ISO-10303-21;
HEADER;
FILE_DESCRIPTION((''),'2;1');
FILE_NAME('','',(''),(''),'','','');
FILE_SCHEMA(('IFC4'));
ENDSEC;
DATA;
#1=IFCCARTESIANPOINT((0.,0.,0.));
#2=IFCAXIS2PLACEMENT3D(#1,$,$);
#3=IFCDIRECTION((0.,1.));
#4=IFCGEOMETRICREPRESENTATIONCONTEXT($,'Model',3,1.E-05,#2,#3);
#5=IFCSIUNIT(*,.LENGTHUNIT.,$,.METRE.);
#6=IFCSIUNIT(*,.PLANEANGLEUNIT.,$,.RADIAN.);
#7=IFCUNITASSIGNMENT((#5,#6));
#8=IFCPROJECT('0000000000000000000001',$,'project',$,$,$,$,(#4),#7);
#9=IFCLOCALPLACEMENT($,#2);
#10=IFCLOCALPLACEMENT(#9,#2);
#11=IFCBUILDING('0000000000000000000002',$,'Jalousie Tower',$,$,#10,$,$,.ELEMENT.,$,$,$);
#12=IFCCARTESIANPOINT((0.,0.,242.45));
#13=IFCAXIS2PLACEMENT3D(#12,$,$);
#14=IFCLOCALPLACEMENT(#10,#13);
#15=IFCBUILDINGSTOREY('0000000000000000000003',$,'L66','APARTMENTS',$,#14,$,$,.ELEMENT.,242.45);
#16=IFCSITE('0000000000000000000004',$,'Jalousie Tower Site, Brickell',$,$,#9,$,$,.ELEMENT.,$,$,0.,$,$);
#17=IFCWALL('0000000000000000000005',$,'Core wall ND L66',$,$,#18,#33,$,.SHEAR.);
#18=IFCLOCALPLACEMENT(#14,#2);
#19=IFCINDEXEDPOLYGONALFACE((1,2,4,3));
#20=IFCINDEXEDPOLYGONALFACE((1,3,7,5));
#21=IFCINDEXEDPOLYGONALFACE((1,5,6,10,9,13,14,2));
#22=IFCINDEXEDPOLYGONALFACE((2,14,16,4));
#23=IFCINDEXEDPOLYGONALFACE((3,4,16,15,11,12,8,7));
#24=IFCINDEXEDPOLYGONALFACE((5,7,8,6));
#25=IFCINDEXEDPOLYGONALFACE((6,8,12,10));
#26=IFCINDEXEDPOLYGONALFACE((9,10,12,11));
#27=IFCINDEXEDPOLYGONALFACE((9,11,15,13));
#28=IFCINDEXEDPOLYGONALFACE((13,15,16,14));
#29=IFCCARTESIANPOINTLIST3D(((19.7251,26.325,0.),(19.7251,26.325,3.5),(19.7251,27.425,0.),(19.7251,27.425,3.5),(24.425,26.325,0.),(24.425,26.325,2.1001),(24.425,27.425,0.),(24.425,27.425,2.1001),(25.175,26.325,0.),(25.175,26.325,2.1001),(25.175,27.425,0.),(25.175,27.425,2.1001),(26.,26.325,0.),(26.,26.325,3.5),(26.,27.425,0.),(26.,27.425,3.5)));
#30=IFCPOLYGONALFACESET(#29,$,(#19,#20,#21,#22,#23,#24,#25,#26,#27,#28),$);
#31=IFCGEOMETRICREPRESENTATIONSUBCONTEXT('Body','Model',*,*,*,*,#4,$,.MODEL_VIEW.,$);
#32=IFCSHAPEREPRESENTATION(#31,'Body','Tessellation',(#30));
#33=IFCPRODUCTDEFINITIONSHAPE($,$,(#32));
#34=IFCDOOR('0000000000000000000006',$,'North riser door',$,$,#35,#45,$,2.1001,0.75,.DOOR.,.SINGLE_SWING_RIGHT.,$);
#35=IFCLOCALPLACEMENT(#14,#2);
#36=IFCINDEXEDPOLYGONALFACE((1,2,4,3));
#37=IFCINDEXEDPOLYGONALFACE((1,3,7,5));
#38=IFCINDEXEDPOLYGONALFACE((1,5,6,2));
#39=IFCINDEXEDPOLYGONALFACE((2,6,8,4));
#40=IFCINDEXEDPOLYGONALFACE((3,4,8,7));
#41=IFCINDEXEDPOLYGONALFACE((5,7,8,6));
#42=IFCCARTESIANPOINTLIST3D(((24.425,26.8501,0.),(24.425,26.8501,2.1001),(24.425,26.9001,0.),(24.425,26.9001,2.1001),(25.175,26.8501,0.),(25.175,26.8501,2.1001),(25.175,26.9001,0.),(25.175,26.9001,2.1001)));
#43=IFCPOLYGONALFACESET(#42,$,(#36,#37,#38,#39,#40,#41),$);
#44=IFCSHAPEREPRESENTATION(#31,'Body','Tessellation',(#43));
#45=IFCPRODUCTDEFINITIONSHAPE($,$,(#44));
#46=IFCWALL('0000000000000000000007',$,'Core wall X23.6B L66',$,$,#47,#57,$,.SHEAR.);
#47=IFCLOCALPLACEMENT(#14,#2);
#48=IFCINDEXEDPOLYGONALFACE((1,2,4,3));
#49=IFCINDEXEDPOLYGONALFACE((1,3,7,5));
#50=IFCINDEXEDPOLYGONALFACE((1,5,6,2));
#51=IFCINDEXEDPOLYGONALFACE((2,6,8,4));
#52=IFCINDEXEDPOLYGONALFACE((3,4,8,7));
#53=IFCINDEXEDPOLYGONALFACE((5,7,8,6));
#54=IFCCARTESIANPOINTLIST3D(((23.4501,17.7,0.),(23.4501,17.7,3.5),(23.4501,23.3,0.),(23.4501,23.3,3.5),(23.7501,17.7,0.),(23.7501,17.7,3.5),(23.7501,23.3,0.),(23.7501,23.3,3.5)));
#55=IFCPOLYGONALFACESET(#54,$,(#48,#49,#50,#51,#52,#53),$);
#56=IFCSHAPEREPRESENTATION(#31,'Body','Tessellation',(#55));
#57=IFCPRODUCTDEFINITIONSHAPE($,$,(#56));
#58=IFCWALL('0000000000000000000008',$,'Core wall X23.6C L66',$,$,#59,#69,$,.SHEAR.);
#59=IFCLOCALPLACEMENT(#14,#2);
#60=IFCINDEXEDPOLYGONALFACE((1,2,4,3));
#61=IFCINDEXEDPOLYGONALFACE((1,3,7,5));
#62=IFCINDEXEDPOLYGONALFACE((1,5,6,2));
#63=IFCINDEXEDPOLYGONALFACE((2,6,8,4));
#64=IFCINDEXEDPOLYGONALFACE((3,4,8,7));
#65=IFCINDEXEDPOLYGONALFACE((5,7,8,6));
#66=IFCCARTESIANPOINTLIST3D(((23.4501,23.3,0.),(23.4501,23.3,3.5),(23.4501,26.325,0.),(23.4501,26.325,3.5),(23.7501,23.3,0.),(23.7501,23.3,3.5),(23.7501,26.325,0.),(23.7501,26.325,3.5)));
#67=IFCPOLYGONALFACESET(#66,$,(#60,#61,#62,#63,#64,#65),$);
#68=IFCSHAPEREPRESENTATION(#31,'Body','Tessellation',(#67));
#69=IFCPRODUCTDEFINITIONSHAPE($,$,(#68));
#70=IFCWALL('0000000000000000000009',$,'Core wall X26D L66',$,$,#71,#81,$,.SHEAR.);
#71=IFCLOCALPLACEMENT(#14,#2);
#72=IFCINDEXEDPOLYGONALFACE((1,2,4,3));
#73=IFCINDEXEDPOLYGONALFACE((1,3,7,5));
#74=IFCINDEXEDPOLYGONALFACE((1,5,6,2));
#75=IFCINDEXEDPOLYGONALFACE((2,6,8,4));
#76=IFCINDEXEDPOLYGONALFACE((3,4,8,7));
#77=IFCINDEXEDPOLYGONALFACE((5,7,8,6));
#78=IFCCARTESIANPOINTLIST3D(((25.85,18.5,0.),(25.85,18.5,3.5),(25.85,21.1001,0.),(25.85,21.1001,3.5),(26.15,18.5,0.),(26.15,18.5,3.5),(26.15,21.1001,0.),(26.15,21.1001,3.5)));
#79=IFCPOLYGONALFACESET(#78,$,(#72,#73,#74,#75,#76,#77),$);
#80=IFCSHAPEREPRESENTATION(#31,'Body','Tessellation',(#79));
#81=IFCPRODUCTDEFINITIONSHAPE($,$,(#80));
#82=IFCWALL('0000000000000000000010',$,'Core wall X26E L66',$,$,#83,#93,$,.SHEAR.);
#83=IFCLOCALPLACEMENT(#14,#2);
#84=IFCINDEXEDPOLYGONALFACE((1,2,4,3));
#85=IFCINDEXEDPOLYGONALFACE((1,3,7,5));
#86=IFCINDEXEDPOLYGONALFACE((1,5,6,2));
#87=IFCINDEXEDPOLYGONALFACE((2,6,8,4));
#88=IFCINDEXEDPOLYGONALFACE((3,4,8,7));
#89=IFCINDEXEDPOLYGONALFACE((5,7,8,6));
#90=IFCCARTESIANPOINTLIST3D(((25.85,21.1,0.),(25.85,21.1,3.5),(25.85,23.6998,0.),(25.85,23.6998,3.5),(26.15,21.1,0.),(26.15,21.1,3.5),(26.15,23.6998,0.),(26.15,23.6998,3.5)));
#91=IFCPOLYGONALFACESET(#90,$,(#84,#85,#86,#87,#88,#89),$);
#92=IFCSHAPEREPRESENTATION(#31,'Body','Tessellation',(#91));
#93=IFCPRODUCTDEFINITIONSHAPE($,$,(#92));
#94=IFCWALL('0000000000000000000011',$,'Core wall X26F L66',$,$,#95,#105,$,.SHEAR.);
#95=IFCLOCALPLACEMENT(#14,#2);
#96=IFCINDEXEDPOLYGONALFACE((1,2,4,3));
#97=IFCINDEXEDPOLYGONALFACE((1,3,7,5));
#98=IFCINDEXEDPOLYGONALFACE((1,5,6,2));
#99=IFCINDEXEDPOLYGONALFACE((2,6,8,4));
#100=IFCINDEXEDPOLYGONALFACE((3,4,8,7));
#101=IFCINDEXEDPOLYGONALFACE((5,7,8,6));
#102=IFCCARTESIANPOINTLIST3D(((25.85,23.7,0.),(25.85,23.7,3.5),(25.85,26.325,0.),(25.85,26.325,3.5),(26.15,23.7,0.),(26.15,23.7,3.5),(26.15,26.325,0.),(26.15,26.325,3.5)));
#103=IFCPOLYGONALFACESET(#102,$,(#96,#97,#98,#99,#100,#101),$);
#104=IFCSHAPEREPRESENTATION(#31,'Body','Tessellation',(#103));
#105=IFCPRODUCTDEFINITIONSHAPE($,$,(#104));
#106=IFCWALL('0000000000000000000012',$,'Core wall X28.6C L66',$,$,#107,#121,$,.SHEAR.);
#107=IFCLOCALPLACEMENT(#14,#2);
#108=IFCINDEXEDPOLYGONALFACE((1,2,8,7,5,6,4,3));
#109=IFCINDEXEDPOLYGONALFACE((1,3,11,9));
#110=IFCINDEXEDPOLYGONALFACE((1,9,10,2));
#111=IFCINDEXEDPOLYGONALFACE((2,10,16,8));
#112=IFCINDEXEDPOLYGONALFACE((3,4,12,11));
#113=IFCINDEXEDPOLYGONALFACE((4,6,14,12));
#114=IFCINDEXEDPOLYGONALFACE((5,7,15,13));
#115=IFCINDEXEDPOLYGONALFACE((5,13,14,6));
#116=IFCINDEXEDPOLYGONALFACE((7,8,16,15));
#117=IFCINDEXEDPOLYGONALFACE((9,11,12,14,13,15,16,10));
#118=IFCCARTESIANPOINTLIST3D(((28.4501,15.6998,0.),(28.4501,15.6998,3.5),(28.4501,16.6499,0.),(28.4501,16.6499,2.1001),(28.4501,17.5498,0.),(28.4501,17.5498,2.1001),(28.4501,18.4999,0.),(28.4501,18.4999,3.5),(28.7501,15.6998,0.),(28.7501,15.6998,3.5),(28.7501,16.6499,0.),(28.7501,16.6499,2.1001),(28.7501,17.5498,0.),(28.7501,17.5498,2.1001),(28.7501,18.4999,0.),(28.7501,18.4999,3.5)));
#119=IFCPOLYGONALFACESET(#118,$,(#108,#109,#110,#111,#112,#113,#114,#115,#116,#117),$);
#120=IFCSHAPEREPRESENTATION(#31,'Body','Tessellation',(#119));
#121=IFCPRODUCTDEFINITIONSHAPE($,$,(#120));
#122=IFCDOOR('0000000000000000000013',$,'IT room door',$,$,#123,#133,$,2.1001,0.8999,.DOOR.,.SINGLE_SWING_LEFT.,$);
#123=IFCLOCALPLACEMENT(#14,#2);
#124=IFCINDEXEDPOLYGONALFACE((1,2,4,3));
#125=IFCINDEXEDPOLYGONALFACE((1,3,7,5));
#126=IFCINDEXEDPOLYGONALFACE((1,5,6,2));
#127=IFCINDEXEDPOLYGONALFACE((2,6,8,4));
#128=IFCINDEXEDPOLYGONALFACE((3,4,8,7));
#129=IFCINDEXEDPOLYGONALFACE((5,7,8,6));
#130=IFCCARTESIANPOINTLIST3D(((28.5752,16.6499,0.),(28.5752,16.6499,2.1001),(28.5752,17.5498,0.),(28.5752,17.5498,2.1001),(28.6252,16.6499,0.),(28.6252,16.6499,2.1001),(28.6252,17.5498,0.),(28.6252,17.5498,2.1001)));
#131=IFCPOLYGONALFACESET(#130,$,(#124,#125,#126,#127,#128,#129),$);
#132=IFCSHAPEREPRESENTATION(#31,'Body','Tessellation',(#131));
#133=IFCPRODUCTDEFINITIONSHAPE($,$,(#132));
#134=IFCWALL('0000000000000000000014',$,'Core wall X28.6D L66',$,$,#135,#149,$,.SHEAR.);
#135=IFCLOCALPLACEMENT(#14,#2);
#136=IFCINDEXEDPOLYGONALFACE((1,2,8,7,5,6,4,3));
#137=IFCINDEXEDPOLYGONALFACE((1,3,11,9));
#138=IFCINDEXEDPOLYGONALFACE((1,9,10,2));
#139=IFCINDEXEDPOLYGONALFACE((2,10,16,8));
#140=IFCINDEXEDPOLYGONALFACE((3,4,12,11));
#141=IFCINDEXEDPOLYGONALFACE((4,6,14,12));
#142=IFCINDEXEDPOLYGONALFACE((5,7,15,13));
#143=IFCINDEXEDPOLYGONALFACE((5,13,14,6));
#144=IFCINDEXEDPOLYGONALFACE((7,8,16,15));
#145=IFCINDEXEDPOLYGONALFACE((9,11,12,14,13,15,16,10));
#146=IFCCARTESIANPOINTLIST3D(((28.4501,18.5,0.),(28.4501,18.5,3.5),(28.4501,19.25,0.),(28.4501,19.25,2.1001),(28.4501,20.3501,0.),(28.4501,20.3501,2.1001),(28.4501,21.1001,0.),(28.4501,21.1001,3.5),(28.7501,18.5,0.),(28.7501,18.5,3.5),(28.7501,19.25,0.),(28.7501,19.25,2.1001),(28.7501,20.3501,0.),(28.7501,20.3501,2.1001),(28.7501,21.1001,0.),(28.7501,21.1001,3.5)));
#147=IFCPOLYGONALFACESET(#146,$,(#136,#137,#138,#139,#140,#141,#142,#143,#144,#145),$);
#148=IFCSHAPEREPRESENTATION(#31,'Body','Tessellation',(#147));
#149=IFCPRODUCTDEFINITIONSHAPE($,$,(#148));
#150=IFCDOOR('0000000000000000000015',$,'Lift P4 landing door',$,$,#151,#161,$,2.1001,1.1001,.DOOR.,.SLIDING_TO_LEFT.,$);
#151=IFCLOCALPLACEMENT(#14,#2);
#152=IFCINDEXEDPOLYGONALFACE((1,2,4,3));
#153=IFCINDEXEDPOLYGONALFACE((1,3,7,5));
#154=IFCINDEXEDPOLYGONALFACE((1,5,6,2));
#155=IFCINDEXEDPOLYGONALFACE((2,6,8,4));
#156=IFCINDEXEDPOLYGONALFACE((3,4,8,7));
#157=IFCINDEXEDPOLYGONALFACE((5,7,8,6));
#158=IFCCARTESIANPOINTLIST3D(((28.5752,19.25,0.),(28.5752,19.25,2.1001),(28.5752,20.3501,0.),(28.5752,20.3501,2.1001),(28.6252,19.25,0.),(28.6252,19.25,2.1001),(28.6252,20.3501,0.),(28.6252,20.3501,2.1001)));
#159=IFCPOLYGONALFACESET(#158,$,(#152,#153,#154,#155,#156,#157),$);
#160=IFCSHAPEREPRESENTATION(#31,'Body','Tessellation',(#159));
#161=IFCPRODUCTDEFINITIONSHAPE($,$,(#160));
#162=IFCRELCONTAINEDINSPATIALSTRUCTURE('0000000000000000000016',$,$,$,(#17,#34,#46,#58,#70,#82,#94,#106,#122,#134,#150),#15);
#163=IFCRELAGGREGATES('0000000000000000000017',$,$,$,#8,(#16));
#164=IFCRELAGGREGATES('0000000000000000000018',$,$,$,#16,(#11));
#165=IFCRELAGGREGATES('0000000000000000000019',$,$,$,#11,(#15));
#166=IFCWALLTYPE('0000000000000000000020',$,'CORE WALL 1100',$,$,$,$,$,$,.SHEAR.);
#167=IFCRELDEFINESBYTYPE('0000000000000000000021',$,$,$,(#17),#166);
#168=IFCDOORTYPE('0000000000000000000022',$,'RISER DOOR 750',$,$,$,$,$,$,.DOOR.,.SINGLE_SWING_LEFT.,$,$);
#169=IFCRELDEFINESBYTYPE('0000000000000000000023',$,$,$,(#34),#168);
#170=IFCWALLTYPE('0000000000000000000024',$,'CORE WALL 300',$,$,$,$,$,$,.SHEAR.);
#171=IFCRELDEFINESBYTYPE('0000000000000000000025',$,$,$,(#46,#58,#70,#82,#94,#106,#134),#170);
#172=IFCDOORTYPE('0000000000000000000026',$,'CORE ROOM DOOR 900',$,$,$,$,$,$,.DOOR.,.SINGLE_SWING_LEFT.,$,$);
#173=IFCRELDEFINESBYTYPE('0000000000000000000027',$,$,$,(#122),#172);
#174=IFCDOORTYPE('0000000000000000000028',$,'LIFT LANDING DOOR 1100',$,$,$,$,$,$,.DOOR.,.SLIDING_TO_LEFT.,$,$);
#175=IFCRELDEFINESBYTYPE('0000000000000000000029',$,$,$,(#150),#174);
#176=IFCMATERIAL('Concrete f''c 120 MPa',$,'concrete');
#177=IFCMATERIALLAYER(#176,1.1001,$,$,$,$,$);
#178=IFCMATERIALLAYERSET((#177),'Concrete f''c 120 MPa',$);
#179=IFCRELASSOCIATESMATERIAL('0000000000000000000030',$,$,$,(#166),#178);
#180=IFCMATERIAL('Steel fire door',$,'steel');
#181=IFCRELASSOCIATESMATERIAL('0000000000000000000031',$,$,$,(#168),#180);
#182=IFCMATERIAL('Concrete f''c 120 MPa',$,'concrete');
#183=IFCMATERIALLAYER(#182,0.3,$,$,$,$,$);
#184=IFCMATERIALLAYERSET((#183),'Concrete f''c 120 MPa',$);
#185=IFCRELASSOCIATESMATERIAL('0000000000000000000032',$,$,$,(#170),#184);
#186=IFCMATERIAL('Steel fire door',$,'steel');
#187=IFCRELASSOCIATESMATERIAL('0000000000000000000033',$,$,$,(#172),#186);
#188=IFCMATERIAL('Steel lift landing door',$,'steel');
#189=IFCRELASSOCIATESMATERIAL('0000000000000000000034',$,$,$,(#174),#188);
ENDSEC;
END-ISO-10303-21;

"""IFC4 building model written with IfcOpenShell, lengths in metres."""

from ifc_helpers import new_model, si_unit, direction, frame, frame_2d, origin, place, context, subcontext, project, spatial, rectangle, extrude, material, layer, layer_set, type_object, element, fill, save


model = new_model("IFC4")

# Units and contexts
model_context = context("Model", 3, precision=1e-05, world=origin(), true_north=direction((0.0, 1.0)))
body_context = subcontext(model_context, "Body", "Model", "MODEL_VIEW")
ifc_project = project(units=[si_unit("LENGTHUNIT", "METRE"), si_unit("PLANEANGLEUNIT", "RADIAN")], contexts=[model_context])

# Site, building, storey
site_placement = place(None, origin())
site = spatial("IfcSite", under=ifc_project, at=site_placement, Name="Jalousie Tower Site, Brickell", CompositionType="ELEMENT", RefElevation=0.0)
building_placement = place(site_placement, origin())
building = spatial("IfcBuilding", under=site, at=building_placement, Name="Jalousie Tower", CompositionType="ELEMENT")
storey_placement = place(building_placement, frame((0.0, 0.0, 242.45)))
storey = spatial("IfcBuildingStorey", under=building, at=storey_placement, Name="L66", Description="APARTMENTS", CompositionType="ELEMENT", Elevation=242.45)

# Wall, opening, door
ifc_material_1 = material(Name="Concrete f'c 120 MPa", Category="concrete")
ifc_layer_1 = layer(ifc_material_1, 1.1001)
ifc_layer_set_1 = layer_set([ifc_layer_1], Name="Concrete f'c 120 MPa")
wall_type_1 = type_object("IfcWallType", Name="CORE WALL 1100", PredefinedType="SHEAR", material=ifc_layer_set_1)
wall_1_placement = place(storey_placement, frame((26.0, 26.875, 0.0), z_axis=(0.0, 0.0, 1.0), x_axis=(-1.0, 0.0, 0.0)))
wall_1 = element("IfcWall", 1, at=wall_1_placement, inside=storey, type_object=wall_type_1, Name="Core wall ND L66", PredefinedType="SHEAR", context=body_context, shape_type="SweptSolid", body=[
    extrude(rectangle(XDim=6.2749, YDim=1.1001, at=frame_2d((3.1375, 0.0))), origin(), (0.0, 0.0, 1.0), 3.5),
])
opening_1_placement = place(wall_1_placement, frame((0.825, 0.0, 0.0)))
opening_1 = element("IfcOpeningElement", 2, at=opening_1_placement, cuts=wall_1, PredefinedType="OPENING", context=body_context, shape_type="SweptSolid", body=[
    extrude(rectangle(XDim=0.75, YDim=2.1001, at=frame_2d((0.375, 1.05))), frame((0.0, 0.5601, 0.0), z_axis=(0.0, -1.0, 0.0), x_axis=(1.0, 0.0, 0.0)), (0.0, 0.0, 1.0), 1.1201),
])
ifc_material_2 = material(Name="Steel fire door", Category="steel")
door_type_1 = type_object("IfcDoorType", Name="RISER DOOR 750", OperationType="SINGLE_SWING_LEFT", PredefinedType="DOOR", material=ifc_material_2)
door_1_placement = place(opening_1_placement, origin())
door_1 = element("IfcDoor", 3, at=door_1_placement, inside=storey, type_object=door_type_1, Name="North riser door", OperationType="SINGLE_SWING_RIGHT", OverallHeight=2.1001, OverallWidth=0.75, PredefinedType="DOOR", context=body_context, shape_type="SweptSolid", body=[
    extrude(rectangle(XDim=0.75, YDim=2.1001, at=frame_2d((0.375, 1.05))), frame((0.0, 0.0249, 0.0), z_axis=(0.0, -1.0, 0.0), x_axis=(1.0, 0.0, 0.0)), (0.0, 0.0, 1.0), 0.05),
])
fill(opening_1, door_1)

# Walls
ifc_material_3 = material(Name="Concrete f'c 120 MPa", Category="concrete")
ifc_layer_2 = layer(ifc_material_3, 0.3)
ifc_layer_set_2 = layer_set([ifc_layer_2], Name="Concrete f'c 120 MPa")
wall_type_2 = type_object("IfcWallType", Name="CORE WALL 300", PredefinedType="SHEAR", material=ifc_layer_set_2)
wall_2_placement = place(storey_placement, frame((23.6001, 17.7, 0.0), z_axis=(0.0, 0.0, 1.0), x_axis=(0.0, 1.0, 0.0)))
element("IfcWall", 4, at=wall_2_placement, inside=storey, type_object=wall_type_2, Name="Core wall X23.6B L66", PredefinedType="SHEAR", context=body_context, shape_type="SweptSolid", body=[
    extrude(rectangle(XDim=5.6001, YDim=0.3, at=frame_2d((2.8, 0.0))), origin(), (0.0, 0.0, 1.0), 3.5),
])
wall_3_placement = place(storey_placement, frame((23.6001, 23.3, 0.0), z_axis=(0.0, 0.0, 1.0), x_axis=(0.0, 1.0, 0.0)))
element("IfcWall", 5, at=wall_3_placement, inside=storey, type_object=wall_type_2, Name="Core wall X23.6C L66", PredefinedType="SHEAR", context=body_context, shape_type="SweptSolid", body=[
    extrude(rectangle(XDim=3.0249, YDim=0.3, at=frame_2d((1.5125, 0.0))), origin(), (0.0, 0.0, 1.0), 3.5),
])
wall_4_placement = place(storey_placement, frame((26.0, 18.5, 0.0), z_axis=(0.0, 0.0, 1.0), x_axis=(0.0, 1.0, 0.0)))
element("IfcWall", 6, at=wall_4_placement, inside=storey, type_object=wall_type_2, Name="Core wall X26D L66", PredefinedType="SHEAR", context=body_context, shape_type="SweptSolid", body=[
    extrude(rectangle(XDim=2.6001, YDim=0.3, at=frame_2d((1.3, 0.0))), origin(), (0.0, 0.0, 1.0), 3.5),
])
wall_5_placement = place(storey_placement, frame((26.0, 21.1001, 0.0), z_axis=(0.0, 0.0, 1.0), x_axis=(0.0, 1.0, 0.0)))
element("IfcWall", 7, at=wall_5_placement, inside=storey, type_object=wall_type_2, Name="Core wall X26E L66", PredefinedType="SHEAR", context=body_context, shape_type="SweptSolid", body=[
    extrude(rectangle(XDim=2.5999, YDim=0.3, at=frame_2d((1.2998, 0.0))), origin(), (0.0, 0.0, 1.0), 3.5),
])
wall_6_placement = place(storey_placement, frame((26.0, 23.7, 0.0), z_axis=(0.0, 0.0, 1.0), x_axis=(0.0, 1.0, 0.0)))
element("IfcWall", 8, at=wall_6_placement, inside=storey, type_object=wall_type_2, Name="Core wall X26F L66", PredefinedType="SHEAR", context=body_context, shape_type="SweptSolid", body=[
    extrude(rectangle(XDim=2.625, YDim=0.3, at=frame_2d((1.3125, 0.0))), origin(), (0.0, 0.0, 1.0), 3.5),
])

# Walls, openings, doors
wall_7_placement = place(storey_placement, frame((28.6001, 15.7, 0.0), z_axis=(0.0, 0.0, 1.0), x_axis=(0.0, 1.0, 0.0)))
wall_7 = element("IfcWall", 9, at=wall_7_placement, inside=storey, type_object=wall_type_2, Name="Core wall X28.6C L66", PredefinedType="SHEAR", context=body_context, shape_type="SweptSolid", body=[
    extrude(rectangle(XDim=2.8, YDim=0.3, at=frame_2d((1.3999, 0.0))), origin(), (0.0, 0.0, 1.0), 3.5),
])
opening_2_placement = place(wall_7_placement, frame((0.95, 0.0, 0.0)))
opening_2 = element("IfcOpeningElement", 10, at=opening_2_placement, cuts=wall_7, PredefinedType="OPENING", context=body_context, shape_type="SweptSolid", body=[
    extrude(rectangle(XDim=0.8999, YDim=2.1001, at=frame_2d((0.45, 1.05))), frame((0.0, 0.1599, 0.0), z_axis=(0.0, -1.0, 0.0), x_axis=(1.0, 0.0, 0.0)), (0.0, 0.0, 1.0), 0.3201),
])
ifc_material_4 = material(Name="Steel fire door", Category="steel")
door_type_2 = type_object("IfcDoorType", Name="CORE ROOM DOOR 900", OperationType="SINGLE_SWING_LEFT", PredefinedType="DOOR", material=ifc_material_4)
door_2_placement = place(opening_2_placement, origin())
door_2 = element("IfcDoor", 11, at=door_2_placement, inside=storey, type_object=door_type_2, Name="IT room door", OperationType="SINGLE_SWING_LEFT", OverallHeight=2.1001, OverallWidth=0.8999, PredefinedType="DOOR", context=body_context, shape_type="SweptSolid", body=[
    extrude(rectangle(XDim=0.8999, YDim=2.1001, at=frame_2d((0.45, 1.05))), frame((0.0, 0.0249, 0.0), z_axis=(0.0, -1.0, 0.0), x_axis=(1.0, 0.0, 0.0)), (0.0, 0.0, 1.0), 0.05),
])
fill(opening_2, door_2)
wall_8_placement = place(storey_placement, frame((28.6001, 18.5, 0.0), z_axis=(0.0, 0.0, 1.0), x_axis=(0.0, 1.0, 0.0)))
wall_8 = element("IfcWall", 12, at=wall_8_placement, inside=storey, type_object=wall_type_2, Name="Core wall X28.6D L66", PredefinedType="SHEAR", context=body_context, shape_type="SweptSolid", body=[
    extrude(rectangle(XDim=2.6001, YDim=0.3, at=frame_2d((1.3, 0.0))), origin(), (0.0, 0.0, 1.0), 3.5),
])
opening_3_placement = place(wall_8_placement, frame((0.75, 0.0, 0.0)))
opening_3 = element("IfcOpeningElement", 13, at=opening_3_placement, cuts=wall_8, PredefinedType="OPENING", context=body_context, shape_type="SweptSolid", body=[
    extrude(rectangle(XDim=1.1001, YDim=2.1001, at=frame_2d((0.55, 1.05))), frame((0.0, 0.1599, 0.0), z_axis=(0.0, -1.0, 0.0), x_axis=(1.0, 0.0, 0.0)), (0.0, 0.0, 1.0), 0.3201),
])
ifc_material_5 = material(Name="Steel lift landing door", Category="steel")
door_type_3 = type_object("IfcDoorType", Name="LIFT LANDING DOOR 1100", OperationType="SLIDING_TO_LEFT", PredefinedType="DOOR", material=ifc_material_5)
door_3_placement = place(opening_3_placement, origin())
door_3 = element("IfcDoor", 14, at=door_3_placement, inside=storey, type_object=door_type_3, Name="Lift P4 landing door", OperationType="SLIDING_TO_LEFT", OverallHeight=2.1001, OverallWidth=1.1001, PredefinedType="DOOR", context=body_context, shape_type="SweptSolid", body=[
    extrude(rectangle(XDim=1.1001, YDim=2.1001, at=frame_2d((0.55, 1.05))), frame((0.0, 0.0249, 0.0), z_axis=(0.0, -1.0, 0.0), x_axis=(1.0, 0.0, 0.0)), (0.0, 0.0, 1.0), 0.05),
])
fill(opening_3, door_3)

save(model, "model.ifc")
